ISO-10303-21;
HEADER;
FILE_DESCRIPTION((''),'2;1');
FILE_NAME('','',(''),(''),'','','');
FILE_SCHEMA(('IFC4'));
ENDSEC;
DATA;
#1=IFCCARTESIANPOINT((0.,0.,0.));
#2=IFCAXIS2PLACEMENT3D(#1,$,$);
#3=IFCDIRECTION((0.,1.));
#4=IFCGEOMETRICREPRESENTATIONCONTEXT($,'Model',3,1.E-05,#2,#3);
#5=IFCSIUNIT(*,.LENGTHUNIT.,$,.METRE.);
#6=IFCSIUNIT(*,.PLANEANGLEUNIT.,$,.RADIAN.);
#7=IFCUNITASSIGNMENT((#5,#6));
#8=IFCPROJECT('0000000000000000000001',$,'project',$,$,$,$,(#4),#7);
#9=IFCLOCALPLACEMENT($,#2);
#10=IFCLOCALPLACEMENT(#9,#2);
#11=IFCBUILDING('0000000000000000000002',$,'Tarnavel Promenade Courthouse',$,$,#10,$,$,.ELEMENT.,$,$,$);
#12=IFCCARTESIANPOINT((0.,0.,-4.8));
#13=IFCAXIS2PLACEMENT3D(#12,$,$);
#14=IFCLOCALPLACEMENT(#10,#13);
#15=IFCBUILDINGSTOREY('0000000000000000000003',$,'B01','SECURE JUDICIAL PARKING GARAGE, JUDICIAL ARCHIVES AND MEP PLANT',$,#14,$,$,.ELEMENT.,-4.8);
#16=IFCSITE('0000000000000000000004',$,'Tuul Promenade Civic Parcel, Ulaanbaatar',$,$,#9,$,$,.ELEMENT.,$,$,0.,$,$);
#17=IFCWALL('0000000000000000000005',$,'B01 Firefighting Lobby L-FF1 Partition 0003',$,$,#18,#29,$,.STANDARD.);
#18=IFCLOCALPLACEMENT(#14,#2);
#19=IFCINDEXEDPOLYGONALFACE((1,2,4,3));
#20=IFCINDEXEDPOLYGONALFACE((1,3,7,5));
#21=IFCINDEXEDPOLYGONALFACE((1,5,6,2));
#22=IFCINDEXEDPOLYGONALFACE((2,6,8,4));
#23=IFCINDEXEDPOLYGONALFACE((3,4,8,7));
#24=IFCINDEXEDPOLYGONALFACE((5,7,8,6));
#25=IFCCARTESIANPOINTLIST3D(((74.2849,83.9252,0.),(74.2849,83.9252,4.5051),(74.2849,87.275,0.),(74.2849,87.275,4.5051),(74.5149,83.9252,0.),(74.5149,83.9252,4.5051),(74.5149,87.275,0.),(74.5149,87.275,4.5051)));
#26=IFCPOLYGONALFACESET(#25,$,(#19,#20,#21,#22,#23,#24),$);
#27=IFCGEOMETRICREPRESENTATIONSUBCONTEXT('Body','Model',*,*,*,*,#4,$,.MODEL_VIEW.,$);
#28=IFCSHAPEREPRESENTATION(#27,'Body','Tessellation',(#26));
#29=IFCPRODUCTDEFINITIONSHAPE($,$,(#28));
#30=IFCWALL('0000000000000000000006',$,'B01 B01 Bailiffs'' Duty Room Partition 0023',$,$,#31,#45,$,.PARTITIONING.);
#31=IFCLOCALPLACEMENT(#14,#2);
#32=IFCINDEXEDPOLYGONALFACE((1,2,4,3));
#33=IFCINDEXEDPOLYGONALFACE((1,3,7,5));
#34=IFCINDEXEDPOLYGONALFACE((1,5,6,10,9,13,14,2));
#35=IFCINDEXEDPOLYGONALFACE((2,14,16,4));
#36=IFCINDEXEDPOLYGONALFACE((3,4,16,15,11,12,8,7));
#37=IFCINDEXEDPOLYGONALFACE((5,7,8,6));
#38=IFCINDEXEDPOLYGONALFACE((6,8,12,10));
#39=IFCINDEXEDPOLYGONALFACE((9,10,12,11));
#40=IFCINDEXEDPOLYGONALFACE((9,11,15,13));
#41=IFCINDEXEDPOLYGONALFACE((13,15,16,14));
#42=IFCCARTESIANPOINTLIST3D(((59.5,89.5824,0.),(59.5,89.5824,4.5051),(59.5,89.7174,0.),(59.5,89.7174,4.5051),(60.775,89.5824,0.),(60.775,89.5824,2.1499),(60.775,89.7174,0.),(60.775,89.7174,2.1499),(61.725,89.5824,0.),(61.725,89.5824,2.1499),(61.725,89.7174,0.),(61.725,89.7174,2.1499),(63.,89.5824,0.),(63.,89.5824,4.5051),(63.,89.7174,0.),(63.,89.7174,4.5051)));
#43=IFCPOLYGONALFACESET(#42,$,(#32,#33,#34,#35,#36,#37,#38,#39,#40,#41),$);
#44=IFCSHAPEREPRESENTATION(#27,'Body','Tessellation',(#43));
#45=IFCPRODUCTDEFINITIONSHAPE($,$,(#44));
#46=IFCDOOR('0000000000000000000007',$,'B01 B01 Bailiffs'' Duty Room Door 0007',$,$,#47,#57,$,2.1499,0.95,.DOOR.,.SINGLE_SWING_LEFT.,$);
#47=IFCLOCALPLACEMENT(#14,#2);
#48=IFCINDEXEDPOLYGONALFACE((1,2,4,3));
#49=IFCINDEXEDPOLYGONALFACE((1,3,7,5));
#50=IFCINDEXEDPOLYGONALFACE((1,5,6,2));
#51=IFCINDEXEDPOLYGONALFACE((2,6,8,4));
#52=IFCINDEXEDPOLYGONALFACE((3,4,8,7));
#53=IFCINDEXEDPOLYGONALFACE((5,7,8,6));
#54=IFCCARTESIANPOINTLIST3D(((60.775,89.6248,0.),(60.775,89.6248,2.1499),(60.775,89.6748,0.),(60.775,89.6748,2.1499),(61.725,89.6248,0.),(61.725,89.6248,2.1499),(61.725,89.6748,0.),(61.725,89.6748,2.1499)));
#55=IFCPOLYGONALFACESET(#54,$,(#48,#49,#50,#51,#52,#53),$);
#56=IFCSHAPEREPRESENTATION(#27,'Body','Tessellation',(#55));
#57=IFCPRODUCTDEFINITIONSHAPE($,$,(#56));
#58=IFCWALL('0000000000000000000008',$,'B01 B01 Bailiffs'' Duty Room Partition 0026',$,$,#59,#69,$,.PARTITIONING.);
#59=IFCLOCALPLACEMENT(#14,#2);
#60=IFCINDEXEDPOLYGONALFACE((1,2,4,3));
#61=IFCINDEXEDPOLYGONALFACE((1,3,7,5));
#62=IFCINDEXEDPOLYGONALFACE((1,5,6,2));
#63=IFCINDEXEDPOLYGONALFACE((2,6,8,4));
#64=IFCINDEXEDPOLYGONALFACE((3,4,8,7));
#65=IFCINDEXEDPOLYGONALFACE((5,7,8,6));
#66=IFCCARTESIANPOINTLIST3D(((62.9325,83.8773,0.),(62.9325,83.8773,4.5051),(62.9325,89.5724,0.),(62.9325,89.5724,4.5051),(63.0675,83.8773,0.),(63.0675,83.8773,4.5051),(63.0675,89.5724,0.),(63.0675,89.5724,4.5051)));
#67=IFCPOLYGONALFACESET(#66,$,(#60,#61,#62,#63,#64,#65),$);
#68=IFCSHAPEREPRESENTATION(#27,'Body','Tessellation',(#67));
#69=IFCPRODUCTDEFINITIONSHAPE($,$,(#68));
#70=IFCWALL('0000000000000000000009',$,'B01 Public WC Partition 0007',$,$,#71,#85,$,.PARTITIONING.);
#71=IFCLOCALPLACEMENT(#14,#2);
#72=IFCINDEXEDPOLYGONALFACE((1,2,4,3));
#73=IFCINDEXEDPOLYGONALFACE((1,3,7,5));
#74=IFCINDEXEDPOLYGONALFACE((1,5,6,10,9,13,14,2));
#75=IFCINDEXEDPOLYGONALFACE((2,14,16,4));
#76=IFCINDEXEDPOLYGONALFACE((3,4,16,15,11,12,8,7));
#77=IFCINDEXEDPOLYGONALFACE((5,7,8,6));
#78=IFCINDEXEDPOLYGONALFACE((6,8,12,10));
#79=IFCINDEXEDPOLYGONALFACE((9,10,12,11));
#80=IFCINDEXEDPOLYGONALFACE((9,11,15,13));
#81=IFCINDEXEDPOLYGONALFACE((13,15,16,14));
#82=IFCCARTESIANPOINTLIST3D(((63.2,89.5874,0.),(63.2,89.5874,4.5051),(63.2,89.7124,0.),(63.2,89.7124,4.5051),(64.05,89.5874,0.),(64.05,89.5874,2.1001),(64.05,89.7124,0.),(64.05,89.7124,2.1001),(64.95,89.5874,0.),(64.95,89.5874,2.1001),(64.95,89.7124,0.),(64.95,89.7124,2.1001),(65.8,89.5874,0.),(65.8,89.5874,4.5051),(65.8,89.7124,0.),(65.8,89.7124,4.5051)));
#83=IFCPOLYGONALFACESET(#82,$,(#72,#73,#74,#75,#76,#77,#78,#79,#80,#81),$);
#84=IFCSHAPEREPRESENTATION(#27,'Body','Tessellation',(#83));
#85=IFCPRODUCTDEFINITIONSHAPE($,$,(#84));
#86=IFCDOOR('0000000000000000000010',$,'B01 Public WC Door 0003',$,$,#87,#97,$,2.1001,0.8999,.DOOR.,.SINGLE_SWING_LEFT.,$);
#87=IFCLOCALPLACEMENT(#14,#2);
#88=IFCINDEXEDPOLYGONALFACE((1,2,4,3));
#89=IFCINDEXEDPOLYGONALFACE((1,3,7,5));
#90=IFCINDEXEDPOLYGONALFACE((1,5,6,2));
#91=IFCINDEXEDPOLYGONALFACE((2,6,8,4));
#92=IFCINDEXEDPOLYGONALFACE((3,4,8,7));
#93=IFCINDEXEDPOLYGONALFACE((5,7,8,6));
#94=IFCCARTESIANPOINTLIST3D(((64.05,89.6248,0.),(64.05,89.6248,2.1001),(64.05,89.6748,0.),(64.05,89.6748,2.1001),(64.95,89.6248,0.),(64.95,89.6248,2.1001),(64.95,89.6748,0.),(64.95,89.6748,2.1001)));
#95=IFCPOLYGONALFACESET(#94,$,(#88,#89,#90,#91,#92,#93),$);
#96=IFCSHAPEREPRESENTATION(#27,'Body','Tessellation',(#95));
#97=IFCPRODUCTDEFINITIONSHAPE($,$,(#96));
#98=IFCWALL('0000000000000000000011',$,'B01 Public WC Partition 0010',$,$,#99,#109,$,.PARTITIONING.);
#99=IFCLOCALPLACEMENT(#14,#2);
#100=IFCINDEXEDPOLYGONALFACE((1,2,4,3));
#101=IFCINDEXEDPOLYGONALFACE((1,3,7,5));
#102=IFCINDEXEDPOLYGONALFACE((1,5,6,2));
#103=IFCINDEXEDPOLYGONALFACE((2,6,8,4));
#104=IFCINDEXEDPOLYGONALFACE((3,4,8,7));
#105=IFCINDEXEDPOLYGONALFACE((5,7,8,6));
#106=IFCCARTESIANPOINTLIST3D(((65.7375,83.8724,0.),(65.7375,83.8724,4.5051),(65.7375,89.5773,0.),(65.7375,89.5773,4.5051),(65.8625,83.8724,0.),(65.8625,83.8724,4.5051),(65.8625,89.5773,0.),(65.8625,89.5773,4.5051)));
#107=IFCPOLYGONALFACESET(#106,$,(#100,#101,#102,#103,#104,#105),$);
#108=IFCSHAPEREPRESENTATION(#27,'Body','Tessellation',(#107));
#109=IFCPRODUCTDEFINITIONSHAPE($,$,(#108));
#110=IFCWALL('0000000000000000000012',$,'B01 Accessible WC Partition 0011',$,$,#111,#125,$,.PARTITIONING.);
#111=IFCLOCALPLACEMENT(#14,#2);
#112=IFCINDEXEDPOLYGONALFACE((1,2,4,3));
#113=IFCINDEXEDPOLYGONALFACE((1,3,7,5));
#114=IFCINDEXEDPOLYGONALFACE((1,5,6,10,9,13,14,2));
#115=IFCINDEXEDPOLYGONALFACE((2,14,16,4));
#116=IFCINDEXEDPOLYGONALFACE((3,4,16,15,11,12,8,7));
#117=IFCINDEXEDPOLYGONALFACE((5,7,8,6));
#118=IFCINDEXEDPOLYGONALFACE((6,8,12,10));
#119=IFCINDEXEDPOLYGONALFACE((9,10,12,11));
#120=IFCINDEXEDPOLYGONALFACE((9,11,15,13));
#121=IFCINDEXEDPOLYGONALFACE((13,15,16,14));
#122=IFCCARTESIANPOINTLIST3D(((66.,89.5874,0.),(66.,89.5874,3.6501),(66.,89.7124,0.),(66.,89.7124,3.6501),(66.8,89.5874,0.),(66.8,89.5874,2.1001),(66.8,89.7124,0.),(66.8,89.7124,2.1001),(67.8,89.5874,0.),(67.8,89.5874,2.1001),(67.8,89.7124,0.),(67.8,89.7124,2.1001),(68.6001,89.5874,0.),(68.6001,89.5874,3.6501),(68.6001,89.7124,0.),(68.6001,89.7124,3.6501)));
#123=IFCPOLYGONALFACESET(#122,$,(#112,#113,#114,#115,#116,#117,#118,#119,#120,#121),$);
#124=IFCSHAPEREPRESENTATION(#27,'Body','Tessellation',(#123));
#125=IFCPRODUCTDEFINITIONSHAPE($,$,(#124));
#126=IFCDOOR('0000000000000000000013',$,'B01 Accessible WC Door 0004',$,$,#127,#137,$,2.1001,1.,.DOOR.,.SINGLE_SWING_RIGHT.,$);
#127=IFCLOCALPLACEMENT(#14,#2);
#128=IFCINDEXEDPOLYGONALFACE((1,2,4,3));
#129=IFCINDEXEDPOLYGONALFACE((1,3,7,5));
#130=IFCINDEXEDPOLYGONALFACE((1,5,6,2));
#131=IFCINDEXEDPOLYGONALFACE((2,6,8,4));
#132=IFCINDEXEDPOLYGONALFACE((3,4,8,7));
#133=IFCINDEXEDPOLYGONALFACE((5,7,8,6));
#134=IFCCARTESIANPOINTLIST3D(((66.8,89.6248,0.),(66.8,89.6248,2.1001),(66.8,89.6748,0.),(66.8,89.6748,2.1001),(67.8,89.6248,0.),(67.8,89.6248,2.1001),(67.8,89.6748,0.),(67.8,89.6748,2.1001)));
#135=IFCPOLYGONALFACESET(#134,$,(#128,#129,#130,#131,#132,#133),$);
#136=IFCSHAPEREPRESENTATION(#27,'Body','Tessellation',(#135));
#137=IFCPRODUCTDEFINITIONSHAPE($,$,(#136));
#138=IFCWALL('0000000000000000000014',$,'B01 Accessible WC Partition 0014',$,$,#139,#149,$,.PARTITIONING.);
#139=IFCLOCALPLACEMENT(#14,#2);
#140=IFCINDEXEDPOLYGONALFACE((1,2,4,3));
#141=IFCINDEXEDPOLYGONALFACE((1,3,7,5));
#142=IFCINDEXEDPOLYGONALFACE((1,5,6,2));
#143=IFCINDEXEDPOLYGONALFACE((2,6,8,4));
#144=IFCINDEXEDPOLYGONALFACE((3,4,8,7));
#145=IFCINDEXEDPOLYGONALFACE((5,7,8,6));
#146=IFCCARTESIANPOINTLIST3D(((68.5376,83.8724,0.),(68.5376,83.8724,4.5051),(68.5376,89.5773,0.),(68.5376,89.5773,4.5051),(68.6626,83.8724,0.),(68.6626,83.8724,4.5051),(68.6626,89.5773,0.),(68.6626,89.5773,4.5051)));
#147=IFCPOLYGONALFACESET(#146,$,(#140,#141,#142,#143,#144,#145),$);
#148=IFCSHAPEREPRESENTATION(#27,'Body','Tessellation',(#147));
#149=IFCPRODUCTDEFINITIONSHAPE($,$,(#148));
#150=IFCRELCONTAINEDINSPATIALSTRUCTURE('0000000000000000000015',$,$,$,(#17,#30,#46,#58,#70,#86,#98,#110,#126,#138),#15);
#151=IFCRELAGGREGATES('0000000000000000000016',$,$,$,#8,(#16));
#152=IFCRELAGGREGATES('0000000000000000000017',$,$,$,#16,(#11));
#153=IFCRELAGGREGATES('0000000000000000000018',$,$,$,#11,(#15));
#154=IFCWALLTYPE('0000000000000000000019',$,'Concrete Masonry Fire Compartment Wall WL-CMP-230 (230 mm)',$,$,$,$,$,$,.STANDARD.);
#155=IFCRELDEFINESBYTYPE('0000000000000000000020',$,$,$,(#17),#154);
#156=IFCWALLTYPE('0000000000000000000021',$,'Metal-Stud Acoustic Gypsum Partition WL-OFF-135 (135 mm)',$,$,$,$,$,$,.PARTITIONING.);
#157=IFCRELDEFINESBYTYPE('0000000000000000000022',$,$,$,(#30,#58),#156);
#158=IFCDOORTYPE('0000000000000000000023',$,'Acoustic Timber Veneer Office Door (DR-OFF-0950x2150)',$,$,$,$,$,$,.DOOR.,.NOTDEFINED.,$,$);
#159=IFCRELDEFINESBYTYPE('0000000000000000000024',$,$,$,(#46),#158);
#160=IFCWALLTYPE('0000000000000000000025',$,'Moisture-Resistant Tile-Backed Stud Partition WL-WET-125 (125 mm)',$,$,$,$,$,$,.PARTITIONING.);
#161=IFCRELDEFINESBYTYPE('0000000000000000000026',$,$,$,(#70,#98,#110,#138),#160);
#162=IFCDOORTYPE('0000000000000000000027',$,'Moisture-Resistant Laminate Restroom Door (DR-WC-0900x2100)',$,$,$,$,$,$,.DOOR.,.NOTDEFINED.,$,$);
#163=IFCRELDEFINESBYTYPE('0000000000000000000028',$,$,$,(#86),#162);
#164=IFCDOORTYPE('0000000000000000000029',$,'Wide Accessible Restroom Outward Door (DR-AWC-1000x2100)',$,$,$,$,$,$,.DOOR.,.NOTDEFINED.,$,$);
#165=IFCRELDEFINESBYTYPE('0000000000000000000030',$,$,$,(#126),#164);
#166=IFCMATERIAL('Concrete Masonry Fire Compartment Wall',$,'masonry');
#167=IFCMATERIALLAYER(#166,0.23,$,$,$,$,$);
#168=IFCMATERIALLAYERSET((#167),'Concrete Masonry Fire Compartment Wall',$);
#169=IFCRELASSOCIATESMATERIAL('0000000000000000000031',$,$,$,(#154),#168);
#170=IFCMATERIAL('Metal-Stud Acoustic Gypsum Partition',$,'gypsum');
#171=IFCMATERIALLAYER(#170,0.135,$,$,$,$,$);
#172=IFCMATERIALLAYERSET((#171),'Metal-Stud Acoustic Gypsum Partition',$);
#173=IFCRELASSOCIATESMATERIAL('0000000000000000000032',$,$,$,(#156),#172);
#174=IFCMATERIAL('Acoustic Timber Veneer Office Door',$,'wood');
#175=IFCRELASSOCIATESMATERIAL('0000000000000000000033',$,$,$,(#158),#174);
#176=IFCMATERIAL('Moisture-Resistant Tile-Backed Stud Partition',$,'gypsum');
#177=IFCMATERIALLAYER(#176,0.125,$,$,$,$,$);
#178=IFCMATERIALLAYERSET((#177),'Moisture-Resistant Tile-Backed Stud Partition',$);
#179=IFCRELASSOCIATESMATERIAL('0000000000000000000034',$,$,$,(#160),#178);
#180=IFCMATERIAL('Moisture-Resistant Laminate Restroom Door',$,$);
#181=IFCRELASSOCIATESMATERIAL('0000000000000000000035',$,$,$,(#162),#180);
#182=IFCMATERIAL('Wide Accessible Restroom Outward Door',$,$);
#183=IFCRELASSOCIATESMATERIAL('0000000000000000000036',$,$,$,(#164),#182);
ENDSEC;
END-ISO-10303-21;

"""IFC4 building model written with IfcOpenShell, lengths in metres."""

from ifc_helpers import new_model, si_unit, direction, frame, frame_2d, origin, place, context, subcontext, project, spatial, rectangle, extrude, material, layer, layer_set, type_object, element, fill, save


model = new_model("IFC4")

# Units and contexts
model_context = context("Model", 3, precision=1e-05, world=origin(), true_north=direction((0.0, 1.0)))
body_context = subcontext(model_context, "Body", "Model", "MODEL_VIEW")
ifc_project = project(units=[si_unit("LENGTHUNIT", "METRE"), si_unit("PLANEANGLEUNIT", "RADIAN")], contexts=[model_context])

# Site, building, storey
site_placement = place(None, origin())
site = spatial("IfcSite", under=ifc_project, at=site_placement, Name="Tuul Promenade Civic Parcel, Ulaanbaatar", CompositionType="ELEMENT", RefElevation=0.0)
building_placement = place(site_placement, origin())
building = spatial("IfcBuilding", under=site, at=building_placement, Name="Tarnavel Promenade Courthouse", CompositionType="ELEMENT")
storey_placement = place(building_placement, frame((0.0, 0.0, -4.8)))
storey = spatial("IfcBuildingStorey", under=building, at=storey_placement, Name="B01", Description="SECURE JUDICIAL PARKING GARAGE, JUDICIAL ARCHIVES AND MEP PLANT", CompositionType="ELEMENT", Elevation=-4.8)

# Shared definitions
ifc_material_1 = material(Name="Concrete Masonry Fire Compartment Wall", Category="masonry")
ifc_layer_1 = layer(ifc_material_1, 0.23)
ifc_layer_set_1 = layer_set([ifc_layer_1], Name="Concrete Masonry Fire Compartment Wall")
wall_type_1 = type_object("IfcWallType", Name="Concrete Masonry Fire Compartment Wall WL-CMP-230 (230 mm)", PredefinedType="STANDARD", material=ifc_layer_set_1)

# Wall
wall_1_placement = place(storey_placement, frame((74.3999, 87.2749, 0.0), z_axis=(0.0, 0.0, 1.0), x_axis=(0.0, -1.0, 0.0)))
element("IfcWall", 1, at=wall_1_placement, inside=storey, type_object=wall_type_1, Name="B01 Firefighting Lobby L-FF1 Partition 0003", PredefinedType="STANDARD", context=body_context, shape_type="SweptSolid", body=[
    extrude(rectangle(XDim=3.3499, YDim=0.23, at=frame_2d((1.6748, 0.0))), origin(), (0.0, 0.0, 1.0), 4.5051),
])

# Wall, opening, door
ifc_material_2 = material(Name="Metal-Stud Acoustic Gypsum Partition", Category="gypsum")
ifc_layer_2 = layer(ifc_material_2, 0.135)
ifc_layer_set_2 = layer_set([ifc_layer_2], Name="Metal-Stud Acoustic Gypsum Partition")
wall_type_2 = type_object("IfcWallType", Name="Metal-Stud Acoustic Gypsum Partition WL-OFF-135 (135 mm)", PredefinedType="PARTITIONING", material=ifc_layer_set_2)
wall_2_placement = place(storey_placement, frame((59.5, 89.6499, 0.0), z_axis=(0.0, 0.0, 1.0), x_axis=(1.0, 0.0, 0.0)))
wall_2 = element("IfcWall", 2, at=wall_2_placement, inside=storey, type_object=wall_type_2, Name="B01 B01 Bailiffs' Duty Room Partition 0023", PredefinedType="PARTITIONING", context=body_context, shape_type="SweptSolid", body=[
    extrude(rectangle(XDim=3.5, YDim=0.135, at=frame_2d((1.75, 0.0))), origin(), (0.0, 0.0, 1.0), 4.5051),
])
opening_1_placement = place(wall_2_placement, frame((1.2749, 0.0, 0.0)))
opening_1 = element("IfcOpeningElement", 3, at=opening_1_placement, cuts=wall_2, PredefinedType="OPENING", context=body_context, shape_type="SweptSolid", body=[
    extrude(rectangle(XDim=0.95, YDim=2.1499, at=frame_2d((0.4751, 1.075))), frame((0.0, 0.0774, 0.0), z_axis=(0.0, -1.0, 0.0), x_axis=(1.0, 0.0, 0.0)), (0.0, 0.0, 1.0), 0.155),
])
ifc_material_3 = material(Name="Acoustic Timber Veneer Office Door", Category="wood")
door_type_1 = type_object("IfcDoorType", Name="Acoustic Timber Veneer Office Door (DR-OFF-0950x2150)", OperationType="NOTDEFINED", PredefinedType="DOOR", material=ifc_material_3)
door_1_placement = place(opening_1_placement, origin())
door_1 = element("IfcDoor", 4, at=door_1_placement, inside=storey, type_object=door_type_1, Name="B01 B01 Bailiffs' Duty Room Door 0007", OperationType="SINGLE_SWING_LEFT", OverallHeight=2.1499, OverallWidth=0.95, PredefinedType="DOOR", context=body_context, shape_type="SweptSolid", body=[
    extrude(rectangle(XDim=0.95, YDim=2.1499, at=frame_2d((0.4751, 1.075))), frame((0.0, 0.0249, 0.0), z_axis=(0.0, -1.0, 0.0), x_axis=(1.0, 0.0, 0.0)), (0.0, 0.0, 1.0), 0.05),
])
fill(opening_1, door_1)

# Wall
wall_3_placement = place(storey_placement, frame((63.0, 89.5725, 0.0), z_axis=(0.0, 0.0, 1.0), x_axis=(0.0, -1.0, 0.0)))
element("IfcWall", 5, at=wall_3_placement, inside=storey, type_object=wall_type_2, Name="B01 B01 Bailiffs' Duty Room Partition 0026", PredefinedType="PARTITIONING", context=body_context, shape_type="SweptSolid", body=[
    extrude(rectangle(XDim=5.6951, YDim=0.135, at=frame_2d((2.8477, 0.0))), origin(), (0.0, 0.0, 1.0), 4.5051),
])

# Wall, opening, door
ifc_material_4 = material(Name="Moisture-Resistant Tile-Backed Stud Partition", Category="gypsum")
ifc_layer_3 = layer(ifc_material_4, 0.125)
ifc_layer_set_3 = layer_set([ifc_layer_3], Name="Moisture-Resistant Tile-Backed Stud Partition")
wall_type_3 = type_object("IfcWallType", Name="Moisture-Resistant Tile-Backed Stud Partition WL-WET-125 (125 mm)", PredefinedType="PARTITIONING", material=ifc_layer_set_3)
wall_4_placement = place(storey_placement, frame((63.2, 89.6499, 0.0), z_axis=(0.0, 0.0, 1.0), x_axis=(1.0, 0.0, 0.0)))
wall_4 = element("IfcWall", 6, at=wall_4_placement, inside=storey, type_object=wall_type_3, Name="B01 Public WC Partition 0007", PredefinedType="PARTITIONING", context=body_context, shape_type="SweptSolid", body=[
    extrude(rectangle(XDim=2.6001, YDim=0.125, at=frame_2d((1.3, 0.0))), origin(), (0.0, 0.0, 1.0), 4.5051),
])
opening_2_placement = place(wall_4_placement, frame((0.8501, 0.0, 0.0)))
opening_2 = element("IfcOpeningElement", 7, at=opening_2_placement, cuts=wall_4, PredefinedType="OPENING", context=body_context, shape_type="SweptSolid", body=[
    extrude(rectangle(XDim=0.8999, YDim=2.1001, at=frame_2d((0.45, 1.05))), frame((0.0, 0.0725, 0.0), z_axis=(0.0, -1.0, 0.0), x_axis=(1.0, 0.0, 0.0)), (0.0, 0.0, 1.0), 0.145),
])
ifc_material_5 = material(Name="Moisture-Resistant Laminate Restroom Door")
door_type_2 = type_object("IfcDoorType", Name="Moisture-Resistant Laminate Restroom Door (DR-WC-0900x2100)", OperationType="NOTDEFINED", PredefinedType="DOOR", material=ifc_material_5)
door_2_placement = place(opening_2_placement, origin())
door_2 = element("IfcDoor", 8, at=door_2_placement, inside=storey, type_object=door_type_2, Name="B01 Public WC Door 0003", OperationType="SINGLE_SWING_LEFT", OverallHeight=2.1001, OverallWidth=0.8999, PredefinedType="DOOR", context=body_context, shape_type="SweptSolid", body=[
    extrude(rectangle(XDim=0.8999, YDim=2.1001, at=frame_2d((0.45, 1.05))), frame((0.0, 0.0249, 0.0), z_axis=(0.0, -1.0, 0.0), x_axis=(1.0, 0.0, 0.0)), (0.0, 0.0, 1.0), 0.05),
])
fill(opening_2, door_2)

# Wall
wall_5_placement = place(storey_placement, frame((65.8, 89.5774, 0.0), z_axis=(0.0, 0.0, 1.0), x_axis=(0.0, -1.0, 0.0)))
element("IfcWall", 9, at=wall_5_placement, inside=storey, type_object=wall_type_3, Name="B01 Public WC Partition 0010", PredefinedType="PARTITIONING", context=body_context, shape_type="SweptSolid", body=[
    extrude(rectangle(XDim=5.7048, YDim=0.125, at=frame_2d((2.8525, 0.0))), origin(), (0.0, 0.0, 1.0), 4.5051),
])

# Wall, opening, door
wall_6_placement = place(storey_placement, frame((66.0, 89.6499, 0.0), z_axis=(0.0, 0.0, 1.0), x_axis=(1.0, 0.0, 0.0)))
wall_6 = element("IfcWall", 10, at=wall_6_placement, inside=storey, type_object=wall_type_3, Name="B01 Accessible WC Partition 0011", PredefinedType="PARTITIONING", context=body_context, shape_type="SweptSolid", body=[
    extrude(rectangle(XDim=2.6001, YDim=0.125, at=frame_2d((1.3, 0.0))), origin(), (0.0, 0.0, 1.0), 3.6501),
])
opening_3_placement = place(wall_6_placement, frame((0.8, 0.0, 0.0)))
opening_3 = element("IfcOpeningElement", 11, at=opening_3_placement, cuts=wall_6, PredefinedType="OPENING", context=body_context, shape_type="SweptSolid", body=[
    extrude(rectangle(XDim=1.0, YDim=2.1001, at=frame_2d((0.5, 1.05))), frame((0.0, 0.0725, 0.0), z_axis=(0.0, -1.0, 0.0), x_axis=(1.0, 0.0, 0.0)), (0.0, 0.0, 1.0), 0.145),
])
ifc_material_6 = material(Name="Wide Accessible Restroom Outward Door")
door_type_3 = type_object("IfcDoorType", Name="Wide Accessible Restroom Outward Door (DR-AWC-1000x2100)", OperationType="NOTDEFINED", PredefinedType="DOOR", material=ifc_material_6)
door_3_placement = place(opening_3_placement, origin())
door_3 = element("IfcDoor", 12, at=door_3_placement, inside=storey, type_object=door_type_3, Name="B01 Accessible WC Door 0004", OperationType="SINGLE_SWING_RIGHT", OverallHeight=2.1001, OverallWidth=1.0, PredefinedType="DOOR", context=body_context, shape_type="SweptSolid", body=[
    extrude(rectangle(XDim=1.0, YDim=2.1001, at=frame_2d((0.5, 1.05))), frame((0.0, 0.0249, 0.0), z_axis=(0.0, -1.0, 0.0), x_axis=(1.0, 0.0, 0.0)), (0.0, 0.0, 1.0), 0.05),
])
fill(opening_3, door_3)

# Wall
wall_7_placement = place(storey_placement, frame((68.6001, 89.5774, 0.0), z_axis=(0.0, 0.0, 1.0), x_axis=(0.0, -1.0, 0.0)))
element("IfcWall", 13, at=wall_7_placement, inside=storey, type_object=wall_type_3, Name="B01 Accessible WC Partition 0014", PredefinedType="PARTITIONING", context=body_context, shape_type="SweptSolid", body=[
    extrude(rectangle(XDim=5.7048, YDim=0.125, at=frame_2d((2.8525, 0.0))), origin(), (0.0, 0.0, 1.0), 4.5051),
])

save(model, "model.ifc")
